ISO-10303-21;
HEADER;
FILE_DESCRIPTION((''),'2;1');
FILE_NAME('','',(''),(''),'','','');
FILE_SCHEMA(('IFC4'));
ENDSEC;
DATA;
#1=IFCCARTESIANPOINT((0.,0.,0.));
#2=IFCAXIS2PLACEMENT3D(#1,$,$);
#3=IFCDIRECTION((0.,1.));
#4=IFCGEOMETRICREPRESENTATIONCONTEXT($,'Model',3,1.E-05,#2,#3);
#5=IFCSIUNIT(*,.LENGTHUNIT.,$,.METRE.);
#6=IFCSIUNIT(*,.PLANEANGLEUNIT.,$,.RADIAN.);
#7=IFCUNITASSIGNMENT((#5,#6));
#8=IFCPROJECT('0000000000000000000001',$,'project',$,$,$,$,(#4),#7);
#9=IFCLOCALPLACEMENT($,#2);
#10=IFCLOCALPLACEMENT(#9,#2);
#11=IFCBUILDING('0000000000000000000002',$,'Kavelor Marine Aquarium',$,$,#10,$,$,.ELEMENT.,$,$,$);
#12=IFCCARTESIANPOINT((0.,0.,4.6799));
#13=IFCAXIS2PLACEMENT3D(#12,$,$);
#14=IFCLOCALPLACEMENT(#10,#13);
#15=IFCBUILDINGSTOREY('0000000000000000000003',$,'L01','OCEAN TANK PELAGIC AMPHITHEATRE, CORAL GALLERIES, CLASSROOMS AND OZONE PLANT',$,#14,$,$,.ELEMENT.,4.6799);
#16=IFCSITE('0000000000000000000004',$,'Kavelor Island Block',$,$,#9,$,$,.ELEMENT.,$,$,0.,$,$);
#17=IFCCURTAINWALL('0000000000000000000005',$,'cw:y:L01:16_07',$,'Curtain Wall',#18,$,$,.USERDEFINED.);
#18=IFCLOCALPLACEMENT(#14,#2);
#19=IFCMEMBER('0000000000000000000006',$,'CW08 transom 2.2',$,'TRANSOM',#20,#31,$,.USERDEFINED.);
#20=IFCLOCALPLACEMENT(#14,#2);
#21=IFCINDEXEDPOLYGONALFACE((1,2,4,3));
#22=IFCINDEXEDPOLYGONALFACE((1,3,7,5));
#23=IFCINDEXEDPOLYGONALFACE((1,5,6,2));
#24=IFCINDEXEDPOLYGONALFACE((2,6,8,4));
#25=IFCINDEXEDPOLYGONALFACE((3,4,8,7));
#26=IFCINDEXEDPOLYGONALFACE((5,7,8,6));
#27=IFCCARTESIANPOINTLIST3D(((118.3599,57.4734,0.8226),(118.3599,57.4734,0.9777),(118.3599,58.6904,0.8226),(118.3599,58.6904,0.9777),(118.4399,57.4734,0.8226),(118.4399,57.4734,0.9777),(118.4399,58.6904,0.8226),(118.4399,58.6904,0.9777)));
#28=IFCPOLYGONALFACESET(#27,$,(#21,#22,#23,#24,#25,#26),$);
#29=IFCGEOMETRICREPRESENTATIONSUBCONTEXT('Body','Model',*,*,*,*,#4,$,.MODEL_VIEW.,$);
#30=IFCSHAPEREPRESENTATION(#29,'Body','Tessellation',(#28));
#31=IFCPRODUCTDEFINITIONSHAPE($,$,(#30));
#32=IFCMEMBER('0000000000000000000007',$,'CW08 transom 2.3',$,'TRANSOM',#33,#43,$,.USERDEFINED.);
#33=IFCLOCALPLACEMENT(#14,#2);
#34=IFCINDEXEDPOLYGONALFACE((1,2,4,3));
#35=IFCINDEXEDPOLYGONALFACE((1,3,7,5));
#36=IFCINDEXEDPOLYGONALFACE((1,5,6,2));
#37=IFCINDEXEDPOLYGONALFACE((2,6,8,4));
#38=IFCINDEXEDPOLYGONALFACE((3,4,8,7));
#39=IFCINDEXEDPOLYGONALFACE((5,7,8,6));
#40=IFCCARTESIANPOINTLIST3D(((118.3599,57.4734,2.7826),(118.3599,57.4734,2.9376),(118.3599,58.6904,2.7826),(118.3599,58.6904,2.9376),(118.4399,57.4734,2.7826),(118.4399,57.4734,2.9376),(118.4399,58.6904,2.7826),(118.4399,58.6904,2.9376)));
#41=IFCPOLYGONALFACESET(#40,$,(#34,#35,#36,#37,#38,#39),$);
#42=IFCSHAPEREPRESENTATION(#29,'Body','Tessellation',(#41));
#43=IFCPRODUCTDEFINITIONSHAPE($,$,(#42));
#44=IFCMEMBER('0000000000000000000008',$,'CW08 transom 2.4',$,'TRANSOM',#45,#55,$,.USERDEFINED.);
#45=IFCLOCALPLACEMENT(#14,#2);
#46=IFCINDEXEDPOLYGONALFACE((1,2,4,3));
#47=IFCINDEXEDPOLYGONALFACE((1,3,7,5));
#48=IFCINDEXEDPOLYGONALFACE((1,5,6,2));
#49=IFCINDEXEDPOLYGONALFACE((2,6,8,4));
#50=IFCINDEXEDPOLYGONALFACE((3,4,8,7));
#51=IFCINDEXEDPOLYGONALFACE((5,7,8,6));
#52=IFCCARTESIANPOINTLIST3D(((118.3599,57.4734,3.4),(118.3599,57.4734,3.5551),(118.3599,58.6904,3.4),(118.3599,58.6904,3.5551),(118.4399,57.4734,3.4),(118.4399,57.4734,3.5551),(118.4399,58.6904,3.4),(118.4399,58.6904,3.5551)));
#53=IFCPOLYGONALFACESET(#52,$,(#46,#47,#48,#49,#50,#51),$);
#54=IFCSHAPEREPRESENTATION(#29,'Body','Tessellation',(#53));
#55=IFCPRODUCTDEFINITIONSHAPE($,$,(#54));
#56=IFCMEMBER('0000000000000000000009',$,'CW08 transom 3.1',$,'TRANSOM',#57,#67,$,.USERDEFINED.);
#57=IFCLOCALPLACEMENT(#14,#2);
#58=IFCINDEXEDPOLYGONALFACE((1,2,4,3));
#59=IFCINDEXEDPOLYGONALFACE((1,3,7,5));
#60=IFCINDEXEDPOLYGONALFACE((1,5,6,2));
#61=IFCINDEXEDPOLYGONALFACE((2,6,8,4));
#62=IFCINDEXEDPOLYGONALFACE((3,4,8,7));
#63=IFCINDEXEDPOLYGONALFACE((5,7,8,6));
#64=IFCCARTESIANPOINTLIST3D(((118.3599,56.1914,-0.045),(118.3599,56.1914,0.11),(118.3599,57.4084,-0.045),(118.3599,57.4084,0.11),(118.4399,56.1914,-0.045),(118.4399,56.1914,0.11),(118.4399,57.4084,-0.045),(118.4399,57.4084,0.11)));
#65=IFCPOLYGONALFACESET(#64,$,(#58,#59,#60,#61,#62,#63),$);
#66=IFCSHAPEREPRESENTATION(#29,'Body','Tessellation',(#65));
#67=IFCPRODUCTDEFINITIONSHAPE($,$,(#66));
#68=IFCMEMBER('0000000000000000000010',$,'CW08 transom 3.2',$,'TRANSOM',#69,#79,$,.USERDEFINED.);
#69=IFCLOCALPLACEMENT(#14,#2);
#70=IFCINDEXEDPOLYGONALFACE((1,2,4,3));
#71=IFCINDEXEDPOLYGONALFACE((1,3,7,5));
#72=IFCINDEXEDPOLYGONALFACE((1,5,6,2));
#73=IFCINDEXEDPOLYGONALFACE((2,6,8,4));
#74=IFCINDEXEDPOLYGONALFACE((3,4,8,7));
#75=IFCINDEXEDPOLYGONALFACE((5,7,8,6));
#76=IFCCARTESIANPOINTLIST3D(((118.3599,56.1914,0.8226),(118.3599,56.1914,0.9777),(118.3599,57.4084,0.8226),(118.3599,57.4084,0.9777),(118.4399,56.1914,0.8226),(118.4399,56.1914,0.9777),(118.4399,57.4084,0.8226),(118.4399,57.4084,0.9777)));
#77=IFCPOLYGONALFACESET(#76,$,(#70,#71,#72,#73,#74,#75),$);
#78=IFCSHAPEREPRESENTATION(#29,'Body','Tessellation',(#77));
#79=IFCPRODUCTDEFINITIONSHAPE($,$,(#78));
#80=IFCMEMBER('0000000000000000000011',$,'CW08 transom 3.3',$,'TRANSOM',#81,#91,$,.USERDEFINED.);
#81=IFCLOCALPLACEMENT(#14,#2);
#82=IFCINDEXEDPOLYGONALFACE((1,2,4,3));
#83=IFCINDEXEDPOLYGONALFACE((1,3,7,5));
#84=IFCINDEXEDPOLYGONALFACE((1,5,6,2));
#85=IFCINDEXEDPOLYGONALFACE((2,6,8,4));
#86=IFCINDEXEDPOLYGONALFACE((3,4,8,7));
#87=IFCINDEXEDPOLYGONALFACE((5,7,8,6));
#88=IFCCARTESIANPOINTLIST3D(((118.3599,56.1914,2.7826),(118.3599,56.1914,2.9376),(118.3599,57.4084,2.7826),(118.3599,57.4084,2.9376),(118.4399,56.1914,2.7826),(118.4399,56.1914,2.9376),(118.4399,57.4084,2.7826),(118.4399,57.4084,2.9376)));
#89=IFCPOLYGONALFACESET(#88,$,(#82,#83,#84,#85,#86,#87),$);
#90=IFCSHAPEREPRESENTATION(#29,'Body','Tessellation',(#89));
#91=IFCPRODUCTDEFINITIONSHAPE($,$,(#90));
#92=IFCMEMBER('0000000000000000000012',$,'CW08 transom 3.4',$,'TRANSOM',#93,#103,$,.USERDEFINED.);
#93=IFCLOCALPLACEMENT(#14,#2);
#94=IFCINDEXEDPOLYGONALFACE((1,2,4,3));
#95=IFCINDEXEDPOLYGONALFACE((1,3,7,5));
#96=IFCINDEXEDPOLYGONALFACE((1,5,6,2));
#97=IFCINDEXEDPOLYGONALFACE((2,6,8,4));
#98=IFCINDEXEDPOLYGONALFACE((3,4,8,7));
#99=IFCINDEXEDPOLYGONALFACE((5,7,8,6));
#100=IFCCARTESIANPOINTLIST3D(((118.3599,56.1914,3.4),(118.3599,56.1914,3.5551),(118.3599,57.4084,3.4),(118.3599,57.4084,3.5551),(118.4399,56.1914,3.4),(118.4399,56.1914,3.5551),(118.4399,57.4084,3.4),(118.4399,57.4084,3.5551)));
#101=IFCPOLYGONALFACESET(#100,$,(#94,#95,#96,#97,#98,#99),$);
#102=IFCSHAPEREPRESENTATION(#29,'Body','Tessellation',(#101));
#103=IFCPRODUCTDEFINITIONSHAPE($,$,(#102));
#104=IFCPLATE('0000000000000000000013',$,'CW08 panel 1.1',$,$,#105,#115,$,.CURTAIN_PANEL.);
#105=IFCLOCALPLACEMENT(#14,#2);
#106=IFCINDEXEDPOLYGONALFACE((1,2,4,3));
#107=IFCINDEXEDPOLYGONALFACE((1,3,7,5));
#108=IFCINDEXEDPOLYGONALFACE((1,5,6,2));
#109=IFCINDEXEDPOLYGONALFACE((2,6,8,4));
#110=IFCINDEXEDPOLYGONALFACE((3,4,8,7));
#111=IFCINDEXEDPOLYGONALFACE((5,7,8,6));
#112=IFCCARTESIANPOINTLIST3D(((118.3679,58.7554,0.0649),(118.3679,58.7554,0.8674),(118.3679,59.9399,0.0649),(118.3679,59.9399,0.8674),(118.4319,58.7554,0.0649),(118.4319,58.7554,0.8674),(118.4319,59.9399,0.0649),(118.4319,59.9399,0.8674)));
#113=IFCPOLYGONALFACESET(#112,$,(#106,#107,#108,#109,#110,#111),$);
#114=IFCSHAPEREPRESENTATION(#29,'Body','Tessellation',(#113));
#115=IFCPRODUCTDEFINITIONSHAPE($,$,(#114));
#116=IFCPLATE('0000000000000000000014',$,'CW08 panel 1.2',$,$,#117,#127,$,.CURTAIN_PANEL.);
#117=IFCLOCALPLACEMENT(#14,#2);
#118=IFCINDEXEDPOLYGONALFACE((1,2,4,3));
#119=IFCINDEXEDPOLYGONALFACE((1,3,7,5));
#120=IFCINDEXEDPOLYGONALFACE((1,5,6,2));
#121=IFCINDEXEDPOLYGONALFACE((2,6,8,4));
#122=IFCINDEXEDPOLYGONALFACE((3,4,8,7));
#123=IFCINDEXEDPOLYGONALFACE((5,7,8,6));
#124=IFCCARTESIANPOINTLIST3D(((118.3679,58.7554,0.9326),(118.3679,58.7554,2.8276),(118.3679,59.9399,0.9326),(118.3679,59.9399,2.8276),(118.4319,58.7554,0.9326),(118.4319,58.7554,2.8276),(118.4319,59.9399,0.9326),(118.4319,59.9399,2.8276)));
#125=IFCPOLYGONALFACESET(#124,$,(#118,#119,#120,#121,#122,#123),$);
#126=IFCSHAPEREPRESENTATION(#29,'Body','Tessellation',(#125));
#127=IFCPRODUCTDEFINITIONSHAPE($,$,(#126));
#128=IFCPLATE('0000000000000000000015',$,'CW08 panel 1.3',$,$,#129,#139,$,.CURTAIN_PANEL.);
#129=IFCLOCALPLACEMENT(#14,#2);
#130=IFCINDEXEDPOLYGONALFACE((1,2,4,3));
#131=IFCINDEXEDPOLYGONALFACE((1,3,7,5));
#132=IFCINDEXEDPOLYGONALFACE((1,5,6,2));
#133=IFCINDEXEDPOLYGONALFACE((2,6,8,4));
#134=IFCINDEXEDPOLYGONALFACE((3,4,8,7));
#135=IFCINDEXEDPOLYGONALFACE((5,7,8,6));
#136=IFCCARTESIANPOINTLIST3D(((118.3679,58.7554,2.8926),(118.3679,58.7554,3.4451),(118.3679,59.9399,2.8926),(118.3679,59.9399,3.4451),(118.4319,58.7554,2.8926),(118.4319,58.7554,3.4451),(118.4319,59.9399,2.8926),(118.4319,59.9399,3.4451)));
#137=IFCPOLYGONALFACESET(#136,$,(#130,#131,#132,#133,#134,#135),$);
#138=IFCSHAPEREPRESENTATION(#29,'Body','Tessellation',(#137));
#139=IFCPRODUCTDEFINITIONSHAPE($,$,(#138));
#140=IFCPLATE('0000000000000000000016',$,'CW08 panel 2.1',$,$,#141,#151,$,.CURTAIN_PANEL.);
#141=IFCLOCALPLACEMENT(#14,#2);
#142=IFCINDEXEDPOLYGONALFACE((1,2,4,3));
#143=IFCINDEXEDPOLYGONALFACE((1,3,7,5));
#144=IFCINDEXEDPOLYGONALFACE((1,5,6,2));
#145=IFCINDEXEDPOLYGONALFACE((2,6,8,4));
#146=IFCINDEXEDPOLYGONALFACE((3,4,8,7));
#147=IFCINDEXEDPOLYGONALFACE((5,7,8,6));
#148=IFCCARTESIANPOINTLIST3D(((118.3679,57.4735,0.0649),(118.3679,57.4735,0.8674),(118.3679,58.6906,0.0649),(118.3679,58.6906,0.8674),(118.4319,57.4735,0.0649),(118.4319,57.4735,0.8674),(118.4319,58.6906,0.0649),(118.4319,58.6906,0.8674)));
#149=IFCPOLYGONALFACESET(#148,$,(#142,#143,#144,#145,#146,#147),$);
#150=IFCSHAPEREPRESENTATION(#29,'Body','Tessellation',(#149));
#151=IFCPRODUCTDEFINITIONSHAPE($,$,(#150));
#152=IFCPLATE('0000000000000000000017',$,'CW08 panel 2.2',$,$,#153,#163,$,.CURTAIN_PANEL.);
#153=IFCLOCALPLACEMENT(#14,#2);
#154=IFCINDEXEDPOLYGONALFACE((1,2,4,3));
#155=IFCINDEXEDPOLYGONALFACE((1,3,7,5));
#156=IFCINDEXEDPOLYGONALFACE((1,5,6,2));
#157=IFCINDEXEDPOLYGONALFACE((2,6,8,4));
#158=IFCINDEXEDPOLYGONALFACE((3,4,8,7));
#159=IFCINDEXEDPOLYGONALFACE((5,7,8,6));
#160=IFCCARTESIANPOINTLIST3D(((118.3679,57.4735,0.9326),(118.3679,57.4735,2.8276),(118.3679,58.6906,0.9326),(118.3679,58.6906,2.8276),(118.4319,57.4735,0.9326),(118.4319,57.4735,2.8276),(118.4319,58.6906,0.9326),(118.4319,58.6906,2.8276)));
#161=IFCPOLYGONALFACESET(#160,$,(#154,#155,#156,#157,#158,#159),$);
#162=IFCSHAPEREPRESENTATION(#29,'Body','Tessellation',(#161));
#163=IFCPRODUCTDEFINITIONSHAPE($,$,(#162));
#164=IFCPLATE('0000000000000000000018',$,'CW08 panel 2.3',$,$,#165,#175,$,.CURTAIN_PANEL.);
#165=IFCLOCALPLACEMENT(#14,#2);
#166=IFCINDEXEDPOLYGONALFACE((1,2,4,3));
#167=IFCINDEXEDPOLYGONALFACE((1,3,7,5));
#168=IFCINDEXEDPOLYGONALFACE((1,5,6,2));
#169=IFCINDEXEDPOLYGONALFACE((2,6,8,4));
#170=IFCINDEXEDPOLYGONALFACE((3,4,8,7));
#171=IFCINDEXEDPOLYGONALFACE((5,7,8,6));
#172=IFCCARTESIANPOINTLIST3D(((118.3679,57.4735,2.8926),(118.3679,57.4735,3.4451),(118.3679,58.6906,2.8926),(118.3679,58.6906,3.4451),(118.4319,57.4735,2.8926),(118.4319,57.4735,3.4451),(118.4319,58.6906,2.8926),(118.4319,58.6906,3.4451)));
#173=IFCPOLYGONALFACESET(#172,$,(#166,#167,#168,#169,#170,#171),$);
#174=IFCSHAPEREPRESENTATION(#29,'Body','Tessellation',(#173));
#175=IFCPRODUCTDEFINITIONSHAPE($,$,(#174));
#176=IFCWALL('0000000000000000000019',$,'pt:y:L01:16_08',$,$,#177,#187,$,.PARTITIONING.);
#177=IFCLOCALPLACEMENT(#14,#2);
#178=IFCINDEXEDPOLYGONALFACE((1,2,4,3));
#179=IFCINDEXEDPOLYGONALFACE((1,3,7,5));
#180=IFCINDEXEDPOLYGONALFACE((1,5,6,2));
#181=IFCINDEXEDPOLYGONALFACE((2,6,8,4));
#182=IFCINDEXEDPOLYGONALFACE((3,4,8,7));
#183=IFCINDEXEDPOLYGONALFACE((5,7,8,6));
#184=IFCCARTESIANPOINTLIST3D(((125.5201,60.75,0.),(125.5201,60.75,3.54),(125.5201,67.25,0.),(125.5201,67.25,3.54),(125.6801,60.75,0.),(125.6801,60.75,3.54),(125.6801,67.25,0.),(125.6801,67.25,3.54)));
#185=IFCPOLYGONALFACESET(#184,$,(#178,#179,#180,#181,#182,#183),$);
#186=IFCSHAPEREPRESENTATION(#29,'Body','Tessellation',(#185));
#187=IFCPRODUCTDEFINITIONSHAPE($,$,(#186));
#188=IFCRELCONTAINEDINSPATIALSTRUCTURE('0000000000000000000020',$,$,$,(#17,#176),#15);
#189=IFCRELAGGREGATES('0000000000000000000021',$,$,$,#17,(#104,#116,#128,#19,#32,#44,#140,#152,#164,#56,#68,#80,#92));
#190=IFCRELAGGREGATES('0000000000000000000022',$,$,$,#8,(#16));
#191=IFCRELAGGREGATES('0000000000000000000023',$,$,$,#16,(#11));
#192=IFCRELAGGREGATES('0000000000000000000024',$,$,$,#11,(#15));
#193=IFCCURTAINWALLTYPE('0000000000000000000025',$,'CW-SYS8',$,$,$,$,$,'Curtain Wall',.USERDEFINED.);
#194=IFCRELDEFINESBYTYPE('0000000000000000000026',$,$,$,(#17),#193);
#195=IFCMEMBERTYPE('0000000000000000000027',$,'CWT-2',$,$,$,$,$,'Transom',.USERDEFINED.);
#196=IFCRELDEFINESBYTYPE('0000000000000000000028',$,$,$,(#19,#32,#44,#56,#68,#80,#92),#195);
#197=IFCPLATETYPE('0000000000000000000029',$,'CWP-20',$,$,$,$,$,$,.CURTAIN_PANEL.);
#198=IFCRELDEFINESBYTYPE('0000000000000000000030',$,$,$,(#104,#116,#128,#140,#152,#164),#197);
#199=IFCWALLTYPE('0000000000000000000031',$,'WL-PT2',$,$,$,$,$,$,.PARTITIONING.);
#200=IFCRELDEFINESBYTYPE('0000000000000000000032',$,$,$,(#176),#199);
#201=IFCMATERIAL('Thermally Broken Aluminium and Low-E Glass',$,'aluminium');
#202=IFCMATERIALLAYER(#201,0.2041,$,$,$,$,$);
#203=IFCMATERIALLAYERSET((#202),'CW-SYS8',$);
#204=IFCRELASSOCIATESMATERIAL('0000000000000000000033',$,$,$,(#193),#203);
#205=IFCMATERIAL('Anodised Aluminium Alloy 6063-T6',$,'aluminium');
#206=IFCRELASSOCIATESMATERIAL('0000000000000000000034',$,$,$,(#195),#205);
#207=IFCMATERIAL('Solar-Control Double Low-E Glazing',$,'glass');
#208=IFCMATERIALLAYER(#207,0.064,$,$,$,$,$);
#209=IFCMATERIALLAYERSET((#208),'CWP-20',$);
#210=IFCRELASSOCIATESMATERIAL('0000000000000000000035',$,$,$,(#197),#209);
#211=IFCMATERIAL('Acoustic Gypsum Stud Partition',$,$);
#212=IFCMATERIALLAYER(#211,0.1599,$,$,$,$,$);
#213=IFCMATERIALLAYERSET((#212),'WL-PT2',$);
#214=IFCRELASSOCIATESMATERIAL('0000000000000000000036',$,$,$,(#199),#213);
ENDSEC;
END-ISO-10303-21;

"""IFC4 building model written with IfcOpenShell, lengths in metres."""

from ifc_helpers import new_model, si_unit, direction, frame, frame_2d, origin, origin_2d, place, context, subcontext, project, spatial, rectangle, extrude, material, layer, layer_set, material_profile, profile_set, type_object, element, aggregate, save


model = new_model("IFC4")

# Units and contexts
model_context = context("Model", 3, precision=1e-05, world=origin(), true_north=direction((0.0, 1.0)))
body_context = subcontext(model_context, "Body", "Model", "MODEL_VIEW")
ifc_project = project(units=[si_unit("LENGTHUNIT", "METRE"), si_unit("PLANEANGLEUNIT", "RADIAN")], contexts=[model_context])

# Site, building, storey
site_placement = place(None, origin())
site = spatial("IfcSite", under=ifc_project, at=site_placement, Name="Kavelor Island Block", CompositionType="ELEMENT", RefElevation=0.0)
building_placement = place(site_placement, origin())
building = spatial("IfcBuilding", under=site, at=building_placement, Name="Kavelor Marine Aquarium", CompositionType="ELEMENT")
storey_placement = place(building_placement, frame((0.0, 0.0, 4.6799)))
storey = spatial("IfcBuildingStorey", under=building, at=storey_placement, Name="L01", Description="OCEAN TANK PELAGIC AMPHITHEATRE, CORAL GALLERIES, CLASSROOMS AND OZONE PLANT", CompositionType="ELEMENT", Elevation=4.6799)

# Curtain wall
ifc_material_1 = material(Name="Thermally Broken Aluminium and Low-E Glass", Category="aluminium")
ifc_layer_1 = layer(ifc_material_1, 0.2041)
ifc_layer_set_1 = layer_set([ifc_layer_1], Name="CW-SYS8")
curtain_wall_type_1 = type_object("IfcCurtainWallType", Name="CW-SYS8", ElementType="Curtain Wall", PredefinedType="USERDEFINED", material=ifc_layer_set_1)
curtain_wall_1_placement = place(storey_placement, origin())
curtain_wall_1 = element("IfcCurtainWall", 1, at=curtain_wall_1_placement, inside=storey, type_object=curtain_wall_type_1, Name="cw:y:L01:16_07", ObjectType="Curtain Wall", PredefinedType="USERDEFINED")

# Members
ifc_material_2 = material(Name="Anodised Aluminium Alloy 6063-T6", Category="aluminium")
ifc_material_profile_1 = material_profile(ifc_material_2, rectangle(XDim=0.0801, YDim=0.155, at=origin_2d()), Name="CW-TRN 80x155")
ifc_profile_set_1 = profile_set([ifc_material_profile_1], Name="Anodised Aluminium Alloy 6063-T6")
member_type_1 = type_object("IfcMemberType", Name="CWT-2", ElementType="Transom", PredefinedType="USERDEFINED", material=ifc_profile_set_1)
member_1_placement = place(storey_placement, frame((118.3999, 58.6904, 0.9001), z_axis=(0.0, -1.0, 0.0), x_axis=(1.0, 0.0, 0.0)))
member_1 = element("IfcMember", 2, at=member_1_placement, type_object=member_type_1, Name="CW08 transom 2.2", ObjectType="TRANSOM", PredefinedType="USERDEFINED", context=body_context, shape_type="SweptSolid", body=[
    extrude(rectangle(XDim=0.0801, YDim=0.155, at=origin_2d()), origin(), (0.0, 0.0, 1.0), 1.217),
])
member_2_placement = place(storey_placement, frame((118.3999, 58.6904, 2.8601), z_axis=(0.0, -1.0, 0.0), x_axis=(1.0, 0.0, 0.0)))
member_2 = element("IfcMember", 3, at=member_2_placement, type_object=member_type_1, Name="CW08 transom 2.3", ObjectType="TRANSOM", PredefinedType="USERDEFINED", context=body_context, shape_type="SweptSolid", body=[
    extrude(rectangle(XDim=0.0801, YDim=0.155, at=origin_2d()), origin(), (0.0, 0.0, 1.0), 1.217),
])
member_3_placement = place(storey_placement, frame((118.3999, 58.6904, 3.4775), z_axis=(0.0, -1.0, 0.0), x_axis=(1.0, 0.0, 0.0)))
member_3 = element("IfcMember", 4, at=member_3_placement, type_object=member_type_1, Name="CW08 transom 2.4", ObjectType="TRANSOM", PredefinedType="USERDEFINED", context=body_context, shape_type="SweptSolid", body=[
    extrude(rectangle(XDim=0.0801, YDim=0.155, at=origin_2d()), origin(), (0.0, 0.0, 1.0), 1.217),
])
member_4_placement = place(storey_placement, frame((118.3999, 57.4084, 0.0325), z_axis=(0.0, -1.0, 0.0), x_axis=(1.0, 0.0, 0.0)))
member_4 = element("IfcMember", 5, at=member_4_placement, type_object=member_type_1, Name="CW08 transom 3.1", ObjectType="TRANSOM", PredefinedType="USERDEFINED", context=body_context, shape_type="SweptSolid", body=[
    extrude(rectangle(XDim=0.0801, YDim=0.155, at=origin_2d()), origin(), (0.0, 0.0, 1.0), 1.217),
])
member_5_placement = place(storey_placement, frame((118.3999, 57.4084, 0.9001), z_axis=(0.0, -1.0, 0.0), x_axis=(1.0, 0.0, 0.0)))
member_5 = element("IfcMember", 6, at=member_5_placement, type_object=member_type_1, Name="CW08 transom 3.2", ObjectType="TRANSOM", PredefinedType="USERDEFINED", context=body_context, shape_type="SweptSolid", body=[
    extrude(rectangle(XDim=0.0801, YDim=0.155, at=origin_2d()), origin(), (0.0, 0.0, 1.0), 1.217),
])
member_6_placement = place(storey_placement, frame((118.3999, 57.4084, 2.8601), z_axis=(0.0, -1.0, 0.0), x_axis=(1.0, 0.0, 0.0)))
member_6 = element("IfcMember", 7, at=member_6_placement, type_object=member_type_1, Name="CW08 transom 3.3", ObjectType="TRANSOM", PredefinedType="USERDEFINED", context=body_context, shape_type="SweptSolid", body=[
    extrude(rectangle(XDim=0.0801, YDim=0.155, at=origin_2d()), origin(), (0.0, 0.0, 1.0), 1.217),
])
member_7_placement = place(storey_placement, frame((118.3999, 57.4084, 3.4775), z_axis=(0.0, -1.0, 0.0), x_axis=(1.0, 0.0, 0.0)))
member_7 = element("IfcMember", 8, at=member_7_placement, type_object=member_type_1, Name="CW08 transom 3.4", ObjectType="TRANSOM", PredefinedType="USERDEFINED", context=body_context, shape_type="SweptSolid", body=[
    extrude(rectangle(XDim=0.0801, YDim=0.155, at=origin_2d()), origin(), (0.0, 0.0, 1.0), 1.217),
])

# Plates
ifc_material_3 = material(Name="Solar-Control Double Low-E Glazing", Category="glass")
ifc_layer_2 = layer(ifc_material_3, 0.064)
ifc_layer_set_2 = layer_set([ifc_layer_2], Name="CWP-20")
plate_type = type_object("IfcPlateType", Name="CWP-20", PredefinedType="CURTAIN_PANEL", material=ifc_layer_set_2)
plate_1_placement = place(storey_placement, frame((118.3999, 59.3477, 0.0649), z_axis=(0.0, 0.0, 1.0), x_axis=(0.0, -1.0, 0.0)))
plate_1 = element("IfcPlate", 9, at=plate_1_placement, type_object=plate_type, Name="CW08 panel 1.1", PredefinedType="CURTAIN_PANEL", context=body_context, shape_type="SweptSolid", body=[
    extrude(rectangle(XDim=1.1846, YDim=0.064, at=origin_2d()), origin(), (0.0, 0.0, 1.0), 0.8025),
])
plate_2_placement = place(storey_placement, frame((118.3999, 59.3477, 0.9326), z_axis=(0.0, 0.0, 1.0), x_axis=(0.0, -1.0, 0.0)))
plate_2 = element("IfcPlate", 10, at=plate_2_placement, type_object=plate_type, Name="CW08 panel 1.2", PredefinedType="CURTAIN_PANEL", context=body_context, shape_type="SweptSolid", body=[
    extrude(rectangle(XDim=1.1846, YDim=0.064, at=origin_2d()), origin(), (0.0, 0.0, 1.0), 1.895),
])
plate_3_placement = place(storey_placement, frame((118.3999, 59.3477, 2.8926), z_axis=(0.0, 0.0, 1.0), x_axis=(0.0, -1.0, 0.0)))
plate_3 = element("IfcPlate", 11, at=plate_3_placement, type_object=plate_type, Name="CW08 panel 1.3", PredefinedType="CURTAIN_PANEL", context=body_context, shape_type="SweptSolid", body=[
    extrude(rectangle(XDim=1.1846, YDim=0.064, at=origin_2d()), origin(), (0.0, 0.0, 1.0), 0.5525),
])
plate_4_placement = place(storey_placement, frame((118.3999, 58.082, 0.0649), z_axis=(0.0, 0.0, 1.0), x_axis=(0.0, -1.0, 0.0)))
plate_4 = element("IfcPlate", 12, at=plate_4_placement, type_object=plate_type, Name="CW08 panel 2.1", PredefinedType="CURTAIN_PANEL", context=body_context, shape_type="SweptSolid", body=[
    extrude(rectangle(XDim=1.217, YDim=0.064, at=origin_2d()), origin(), (0.0, 0.0, 1.0), 0.8025),
])
plate_5_placement = place(storey_placement, frame((118.3999, 58.082, 0.9326), z_axis=(0.0, 0.0, 1.0), x_axis=(0.0, -1.0, 0.0)))
plate_5 = element("IfcPlate", 13, at=plate_5_placement, type_object=plate_type, Name="CW08 panel 2.2", PredefinedType="CURTAIN_PANEL", context=body_context, shape_type="SweptSolid", body=[
    extrude(rectangle(XDim=1.217, YDim=0.064, at=origin_2d()), origin(), (0.0, 0.0, 1.0), 1.895),
])
plate_6_placement = place(storey_placement, frame((118.3999, 58.082, 2.8926), z_axis=(0.0, 0.0, 1.0), x_axis=(0.0, -1.0, 0.0)))
plate_6 = element("IfcPlate", 14, at=plate_6_placement, type_object=plate_type, Name="CW08 panel 2.3", PredefinedType="CURTAIN_PANEL", context=body_context, shape_type="SweptSolid", body=[
    extrude(rectangle(XDim=1.217, YDim=0.064, at=origin_2d()), origin(), (0.0, 0.0, 1.0), 0.5525),
])
aggregate(curtain_wall_1, [plate_1, plate_2, plate_3, member_1, member_2, member_3, plate_4, plate_5, plate_6, member_4, member_5, member_6, member_7])

# Wall
ifc_material_4 = material(Name="Acoustic Gypsum Stud Partition")
ifc_layer_3 = layer(ifc_material_4, 0.1599)
ifc_layer_set_3 = layer_set([ifc_layer_3], Name="WL-PT2")
wall_type = type_object("IfcWallType", Name="WL-PT2", PredefinedType="PARTITIONING", material=ifc_layer_set_3)
wall_placement = place(storey_placement, frame((125.6001, 60.75, 0.0), z_axis=(0.0, 0.0, 1.0), x_axis=(0.0, 1.0, 0.0)))
element("IfcWall", 15, at=wall_placement, inside=storey, type_object=wall_type, Name="pt:y:L01:16_08", PredefinedType="PARTITIONING", context=body_context, shape_type="SweptSolid", body=[
    extrude(rectangle(XDim=6.5, YDim=0.1599, at=frame_2d((3.25, 0.0))), origin(), (0.0, 0.0, 1.0), 3.54),
])

save(model, "model.ifc")
